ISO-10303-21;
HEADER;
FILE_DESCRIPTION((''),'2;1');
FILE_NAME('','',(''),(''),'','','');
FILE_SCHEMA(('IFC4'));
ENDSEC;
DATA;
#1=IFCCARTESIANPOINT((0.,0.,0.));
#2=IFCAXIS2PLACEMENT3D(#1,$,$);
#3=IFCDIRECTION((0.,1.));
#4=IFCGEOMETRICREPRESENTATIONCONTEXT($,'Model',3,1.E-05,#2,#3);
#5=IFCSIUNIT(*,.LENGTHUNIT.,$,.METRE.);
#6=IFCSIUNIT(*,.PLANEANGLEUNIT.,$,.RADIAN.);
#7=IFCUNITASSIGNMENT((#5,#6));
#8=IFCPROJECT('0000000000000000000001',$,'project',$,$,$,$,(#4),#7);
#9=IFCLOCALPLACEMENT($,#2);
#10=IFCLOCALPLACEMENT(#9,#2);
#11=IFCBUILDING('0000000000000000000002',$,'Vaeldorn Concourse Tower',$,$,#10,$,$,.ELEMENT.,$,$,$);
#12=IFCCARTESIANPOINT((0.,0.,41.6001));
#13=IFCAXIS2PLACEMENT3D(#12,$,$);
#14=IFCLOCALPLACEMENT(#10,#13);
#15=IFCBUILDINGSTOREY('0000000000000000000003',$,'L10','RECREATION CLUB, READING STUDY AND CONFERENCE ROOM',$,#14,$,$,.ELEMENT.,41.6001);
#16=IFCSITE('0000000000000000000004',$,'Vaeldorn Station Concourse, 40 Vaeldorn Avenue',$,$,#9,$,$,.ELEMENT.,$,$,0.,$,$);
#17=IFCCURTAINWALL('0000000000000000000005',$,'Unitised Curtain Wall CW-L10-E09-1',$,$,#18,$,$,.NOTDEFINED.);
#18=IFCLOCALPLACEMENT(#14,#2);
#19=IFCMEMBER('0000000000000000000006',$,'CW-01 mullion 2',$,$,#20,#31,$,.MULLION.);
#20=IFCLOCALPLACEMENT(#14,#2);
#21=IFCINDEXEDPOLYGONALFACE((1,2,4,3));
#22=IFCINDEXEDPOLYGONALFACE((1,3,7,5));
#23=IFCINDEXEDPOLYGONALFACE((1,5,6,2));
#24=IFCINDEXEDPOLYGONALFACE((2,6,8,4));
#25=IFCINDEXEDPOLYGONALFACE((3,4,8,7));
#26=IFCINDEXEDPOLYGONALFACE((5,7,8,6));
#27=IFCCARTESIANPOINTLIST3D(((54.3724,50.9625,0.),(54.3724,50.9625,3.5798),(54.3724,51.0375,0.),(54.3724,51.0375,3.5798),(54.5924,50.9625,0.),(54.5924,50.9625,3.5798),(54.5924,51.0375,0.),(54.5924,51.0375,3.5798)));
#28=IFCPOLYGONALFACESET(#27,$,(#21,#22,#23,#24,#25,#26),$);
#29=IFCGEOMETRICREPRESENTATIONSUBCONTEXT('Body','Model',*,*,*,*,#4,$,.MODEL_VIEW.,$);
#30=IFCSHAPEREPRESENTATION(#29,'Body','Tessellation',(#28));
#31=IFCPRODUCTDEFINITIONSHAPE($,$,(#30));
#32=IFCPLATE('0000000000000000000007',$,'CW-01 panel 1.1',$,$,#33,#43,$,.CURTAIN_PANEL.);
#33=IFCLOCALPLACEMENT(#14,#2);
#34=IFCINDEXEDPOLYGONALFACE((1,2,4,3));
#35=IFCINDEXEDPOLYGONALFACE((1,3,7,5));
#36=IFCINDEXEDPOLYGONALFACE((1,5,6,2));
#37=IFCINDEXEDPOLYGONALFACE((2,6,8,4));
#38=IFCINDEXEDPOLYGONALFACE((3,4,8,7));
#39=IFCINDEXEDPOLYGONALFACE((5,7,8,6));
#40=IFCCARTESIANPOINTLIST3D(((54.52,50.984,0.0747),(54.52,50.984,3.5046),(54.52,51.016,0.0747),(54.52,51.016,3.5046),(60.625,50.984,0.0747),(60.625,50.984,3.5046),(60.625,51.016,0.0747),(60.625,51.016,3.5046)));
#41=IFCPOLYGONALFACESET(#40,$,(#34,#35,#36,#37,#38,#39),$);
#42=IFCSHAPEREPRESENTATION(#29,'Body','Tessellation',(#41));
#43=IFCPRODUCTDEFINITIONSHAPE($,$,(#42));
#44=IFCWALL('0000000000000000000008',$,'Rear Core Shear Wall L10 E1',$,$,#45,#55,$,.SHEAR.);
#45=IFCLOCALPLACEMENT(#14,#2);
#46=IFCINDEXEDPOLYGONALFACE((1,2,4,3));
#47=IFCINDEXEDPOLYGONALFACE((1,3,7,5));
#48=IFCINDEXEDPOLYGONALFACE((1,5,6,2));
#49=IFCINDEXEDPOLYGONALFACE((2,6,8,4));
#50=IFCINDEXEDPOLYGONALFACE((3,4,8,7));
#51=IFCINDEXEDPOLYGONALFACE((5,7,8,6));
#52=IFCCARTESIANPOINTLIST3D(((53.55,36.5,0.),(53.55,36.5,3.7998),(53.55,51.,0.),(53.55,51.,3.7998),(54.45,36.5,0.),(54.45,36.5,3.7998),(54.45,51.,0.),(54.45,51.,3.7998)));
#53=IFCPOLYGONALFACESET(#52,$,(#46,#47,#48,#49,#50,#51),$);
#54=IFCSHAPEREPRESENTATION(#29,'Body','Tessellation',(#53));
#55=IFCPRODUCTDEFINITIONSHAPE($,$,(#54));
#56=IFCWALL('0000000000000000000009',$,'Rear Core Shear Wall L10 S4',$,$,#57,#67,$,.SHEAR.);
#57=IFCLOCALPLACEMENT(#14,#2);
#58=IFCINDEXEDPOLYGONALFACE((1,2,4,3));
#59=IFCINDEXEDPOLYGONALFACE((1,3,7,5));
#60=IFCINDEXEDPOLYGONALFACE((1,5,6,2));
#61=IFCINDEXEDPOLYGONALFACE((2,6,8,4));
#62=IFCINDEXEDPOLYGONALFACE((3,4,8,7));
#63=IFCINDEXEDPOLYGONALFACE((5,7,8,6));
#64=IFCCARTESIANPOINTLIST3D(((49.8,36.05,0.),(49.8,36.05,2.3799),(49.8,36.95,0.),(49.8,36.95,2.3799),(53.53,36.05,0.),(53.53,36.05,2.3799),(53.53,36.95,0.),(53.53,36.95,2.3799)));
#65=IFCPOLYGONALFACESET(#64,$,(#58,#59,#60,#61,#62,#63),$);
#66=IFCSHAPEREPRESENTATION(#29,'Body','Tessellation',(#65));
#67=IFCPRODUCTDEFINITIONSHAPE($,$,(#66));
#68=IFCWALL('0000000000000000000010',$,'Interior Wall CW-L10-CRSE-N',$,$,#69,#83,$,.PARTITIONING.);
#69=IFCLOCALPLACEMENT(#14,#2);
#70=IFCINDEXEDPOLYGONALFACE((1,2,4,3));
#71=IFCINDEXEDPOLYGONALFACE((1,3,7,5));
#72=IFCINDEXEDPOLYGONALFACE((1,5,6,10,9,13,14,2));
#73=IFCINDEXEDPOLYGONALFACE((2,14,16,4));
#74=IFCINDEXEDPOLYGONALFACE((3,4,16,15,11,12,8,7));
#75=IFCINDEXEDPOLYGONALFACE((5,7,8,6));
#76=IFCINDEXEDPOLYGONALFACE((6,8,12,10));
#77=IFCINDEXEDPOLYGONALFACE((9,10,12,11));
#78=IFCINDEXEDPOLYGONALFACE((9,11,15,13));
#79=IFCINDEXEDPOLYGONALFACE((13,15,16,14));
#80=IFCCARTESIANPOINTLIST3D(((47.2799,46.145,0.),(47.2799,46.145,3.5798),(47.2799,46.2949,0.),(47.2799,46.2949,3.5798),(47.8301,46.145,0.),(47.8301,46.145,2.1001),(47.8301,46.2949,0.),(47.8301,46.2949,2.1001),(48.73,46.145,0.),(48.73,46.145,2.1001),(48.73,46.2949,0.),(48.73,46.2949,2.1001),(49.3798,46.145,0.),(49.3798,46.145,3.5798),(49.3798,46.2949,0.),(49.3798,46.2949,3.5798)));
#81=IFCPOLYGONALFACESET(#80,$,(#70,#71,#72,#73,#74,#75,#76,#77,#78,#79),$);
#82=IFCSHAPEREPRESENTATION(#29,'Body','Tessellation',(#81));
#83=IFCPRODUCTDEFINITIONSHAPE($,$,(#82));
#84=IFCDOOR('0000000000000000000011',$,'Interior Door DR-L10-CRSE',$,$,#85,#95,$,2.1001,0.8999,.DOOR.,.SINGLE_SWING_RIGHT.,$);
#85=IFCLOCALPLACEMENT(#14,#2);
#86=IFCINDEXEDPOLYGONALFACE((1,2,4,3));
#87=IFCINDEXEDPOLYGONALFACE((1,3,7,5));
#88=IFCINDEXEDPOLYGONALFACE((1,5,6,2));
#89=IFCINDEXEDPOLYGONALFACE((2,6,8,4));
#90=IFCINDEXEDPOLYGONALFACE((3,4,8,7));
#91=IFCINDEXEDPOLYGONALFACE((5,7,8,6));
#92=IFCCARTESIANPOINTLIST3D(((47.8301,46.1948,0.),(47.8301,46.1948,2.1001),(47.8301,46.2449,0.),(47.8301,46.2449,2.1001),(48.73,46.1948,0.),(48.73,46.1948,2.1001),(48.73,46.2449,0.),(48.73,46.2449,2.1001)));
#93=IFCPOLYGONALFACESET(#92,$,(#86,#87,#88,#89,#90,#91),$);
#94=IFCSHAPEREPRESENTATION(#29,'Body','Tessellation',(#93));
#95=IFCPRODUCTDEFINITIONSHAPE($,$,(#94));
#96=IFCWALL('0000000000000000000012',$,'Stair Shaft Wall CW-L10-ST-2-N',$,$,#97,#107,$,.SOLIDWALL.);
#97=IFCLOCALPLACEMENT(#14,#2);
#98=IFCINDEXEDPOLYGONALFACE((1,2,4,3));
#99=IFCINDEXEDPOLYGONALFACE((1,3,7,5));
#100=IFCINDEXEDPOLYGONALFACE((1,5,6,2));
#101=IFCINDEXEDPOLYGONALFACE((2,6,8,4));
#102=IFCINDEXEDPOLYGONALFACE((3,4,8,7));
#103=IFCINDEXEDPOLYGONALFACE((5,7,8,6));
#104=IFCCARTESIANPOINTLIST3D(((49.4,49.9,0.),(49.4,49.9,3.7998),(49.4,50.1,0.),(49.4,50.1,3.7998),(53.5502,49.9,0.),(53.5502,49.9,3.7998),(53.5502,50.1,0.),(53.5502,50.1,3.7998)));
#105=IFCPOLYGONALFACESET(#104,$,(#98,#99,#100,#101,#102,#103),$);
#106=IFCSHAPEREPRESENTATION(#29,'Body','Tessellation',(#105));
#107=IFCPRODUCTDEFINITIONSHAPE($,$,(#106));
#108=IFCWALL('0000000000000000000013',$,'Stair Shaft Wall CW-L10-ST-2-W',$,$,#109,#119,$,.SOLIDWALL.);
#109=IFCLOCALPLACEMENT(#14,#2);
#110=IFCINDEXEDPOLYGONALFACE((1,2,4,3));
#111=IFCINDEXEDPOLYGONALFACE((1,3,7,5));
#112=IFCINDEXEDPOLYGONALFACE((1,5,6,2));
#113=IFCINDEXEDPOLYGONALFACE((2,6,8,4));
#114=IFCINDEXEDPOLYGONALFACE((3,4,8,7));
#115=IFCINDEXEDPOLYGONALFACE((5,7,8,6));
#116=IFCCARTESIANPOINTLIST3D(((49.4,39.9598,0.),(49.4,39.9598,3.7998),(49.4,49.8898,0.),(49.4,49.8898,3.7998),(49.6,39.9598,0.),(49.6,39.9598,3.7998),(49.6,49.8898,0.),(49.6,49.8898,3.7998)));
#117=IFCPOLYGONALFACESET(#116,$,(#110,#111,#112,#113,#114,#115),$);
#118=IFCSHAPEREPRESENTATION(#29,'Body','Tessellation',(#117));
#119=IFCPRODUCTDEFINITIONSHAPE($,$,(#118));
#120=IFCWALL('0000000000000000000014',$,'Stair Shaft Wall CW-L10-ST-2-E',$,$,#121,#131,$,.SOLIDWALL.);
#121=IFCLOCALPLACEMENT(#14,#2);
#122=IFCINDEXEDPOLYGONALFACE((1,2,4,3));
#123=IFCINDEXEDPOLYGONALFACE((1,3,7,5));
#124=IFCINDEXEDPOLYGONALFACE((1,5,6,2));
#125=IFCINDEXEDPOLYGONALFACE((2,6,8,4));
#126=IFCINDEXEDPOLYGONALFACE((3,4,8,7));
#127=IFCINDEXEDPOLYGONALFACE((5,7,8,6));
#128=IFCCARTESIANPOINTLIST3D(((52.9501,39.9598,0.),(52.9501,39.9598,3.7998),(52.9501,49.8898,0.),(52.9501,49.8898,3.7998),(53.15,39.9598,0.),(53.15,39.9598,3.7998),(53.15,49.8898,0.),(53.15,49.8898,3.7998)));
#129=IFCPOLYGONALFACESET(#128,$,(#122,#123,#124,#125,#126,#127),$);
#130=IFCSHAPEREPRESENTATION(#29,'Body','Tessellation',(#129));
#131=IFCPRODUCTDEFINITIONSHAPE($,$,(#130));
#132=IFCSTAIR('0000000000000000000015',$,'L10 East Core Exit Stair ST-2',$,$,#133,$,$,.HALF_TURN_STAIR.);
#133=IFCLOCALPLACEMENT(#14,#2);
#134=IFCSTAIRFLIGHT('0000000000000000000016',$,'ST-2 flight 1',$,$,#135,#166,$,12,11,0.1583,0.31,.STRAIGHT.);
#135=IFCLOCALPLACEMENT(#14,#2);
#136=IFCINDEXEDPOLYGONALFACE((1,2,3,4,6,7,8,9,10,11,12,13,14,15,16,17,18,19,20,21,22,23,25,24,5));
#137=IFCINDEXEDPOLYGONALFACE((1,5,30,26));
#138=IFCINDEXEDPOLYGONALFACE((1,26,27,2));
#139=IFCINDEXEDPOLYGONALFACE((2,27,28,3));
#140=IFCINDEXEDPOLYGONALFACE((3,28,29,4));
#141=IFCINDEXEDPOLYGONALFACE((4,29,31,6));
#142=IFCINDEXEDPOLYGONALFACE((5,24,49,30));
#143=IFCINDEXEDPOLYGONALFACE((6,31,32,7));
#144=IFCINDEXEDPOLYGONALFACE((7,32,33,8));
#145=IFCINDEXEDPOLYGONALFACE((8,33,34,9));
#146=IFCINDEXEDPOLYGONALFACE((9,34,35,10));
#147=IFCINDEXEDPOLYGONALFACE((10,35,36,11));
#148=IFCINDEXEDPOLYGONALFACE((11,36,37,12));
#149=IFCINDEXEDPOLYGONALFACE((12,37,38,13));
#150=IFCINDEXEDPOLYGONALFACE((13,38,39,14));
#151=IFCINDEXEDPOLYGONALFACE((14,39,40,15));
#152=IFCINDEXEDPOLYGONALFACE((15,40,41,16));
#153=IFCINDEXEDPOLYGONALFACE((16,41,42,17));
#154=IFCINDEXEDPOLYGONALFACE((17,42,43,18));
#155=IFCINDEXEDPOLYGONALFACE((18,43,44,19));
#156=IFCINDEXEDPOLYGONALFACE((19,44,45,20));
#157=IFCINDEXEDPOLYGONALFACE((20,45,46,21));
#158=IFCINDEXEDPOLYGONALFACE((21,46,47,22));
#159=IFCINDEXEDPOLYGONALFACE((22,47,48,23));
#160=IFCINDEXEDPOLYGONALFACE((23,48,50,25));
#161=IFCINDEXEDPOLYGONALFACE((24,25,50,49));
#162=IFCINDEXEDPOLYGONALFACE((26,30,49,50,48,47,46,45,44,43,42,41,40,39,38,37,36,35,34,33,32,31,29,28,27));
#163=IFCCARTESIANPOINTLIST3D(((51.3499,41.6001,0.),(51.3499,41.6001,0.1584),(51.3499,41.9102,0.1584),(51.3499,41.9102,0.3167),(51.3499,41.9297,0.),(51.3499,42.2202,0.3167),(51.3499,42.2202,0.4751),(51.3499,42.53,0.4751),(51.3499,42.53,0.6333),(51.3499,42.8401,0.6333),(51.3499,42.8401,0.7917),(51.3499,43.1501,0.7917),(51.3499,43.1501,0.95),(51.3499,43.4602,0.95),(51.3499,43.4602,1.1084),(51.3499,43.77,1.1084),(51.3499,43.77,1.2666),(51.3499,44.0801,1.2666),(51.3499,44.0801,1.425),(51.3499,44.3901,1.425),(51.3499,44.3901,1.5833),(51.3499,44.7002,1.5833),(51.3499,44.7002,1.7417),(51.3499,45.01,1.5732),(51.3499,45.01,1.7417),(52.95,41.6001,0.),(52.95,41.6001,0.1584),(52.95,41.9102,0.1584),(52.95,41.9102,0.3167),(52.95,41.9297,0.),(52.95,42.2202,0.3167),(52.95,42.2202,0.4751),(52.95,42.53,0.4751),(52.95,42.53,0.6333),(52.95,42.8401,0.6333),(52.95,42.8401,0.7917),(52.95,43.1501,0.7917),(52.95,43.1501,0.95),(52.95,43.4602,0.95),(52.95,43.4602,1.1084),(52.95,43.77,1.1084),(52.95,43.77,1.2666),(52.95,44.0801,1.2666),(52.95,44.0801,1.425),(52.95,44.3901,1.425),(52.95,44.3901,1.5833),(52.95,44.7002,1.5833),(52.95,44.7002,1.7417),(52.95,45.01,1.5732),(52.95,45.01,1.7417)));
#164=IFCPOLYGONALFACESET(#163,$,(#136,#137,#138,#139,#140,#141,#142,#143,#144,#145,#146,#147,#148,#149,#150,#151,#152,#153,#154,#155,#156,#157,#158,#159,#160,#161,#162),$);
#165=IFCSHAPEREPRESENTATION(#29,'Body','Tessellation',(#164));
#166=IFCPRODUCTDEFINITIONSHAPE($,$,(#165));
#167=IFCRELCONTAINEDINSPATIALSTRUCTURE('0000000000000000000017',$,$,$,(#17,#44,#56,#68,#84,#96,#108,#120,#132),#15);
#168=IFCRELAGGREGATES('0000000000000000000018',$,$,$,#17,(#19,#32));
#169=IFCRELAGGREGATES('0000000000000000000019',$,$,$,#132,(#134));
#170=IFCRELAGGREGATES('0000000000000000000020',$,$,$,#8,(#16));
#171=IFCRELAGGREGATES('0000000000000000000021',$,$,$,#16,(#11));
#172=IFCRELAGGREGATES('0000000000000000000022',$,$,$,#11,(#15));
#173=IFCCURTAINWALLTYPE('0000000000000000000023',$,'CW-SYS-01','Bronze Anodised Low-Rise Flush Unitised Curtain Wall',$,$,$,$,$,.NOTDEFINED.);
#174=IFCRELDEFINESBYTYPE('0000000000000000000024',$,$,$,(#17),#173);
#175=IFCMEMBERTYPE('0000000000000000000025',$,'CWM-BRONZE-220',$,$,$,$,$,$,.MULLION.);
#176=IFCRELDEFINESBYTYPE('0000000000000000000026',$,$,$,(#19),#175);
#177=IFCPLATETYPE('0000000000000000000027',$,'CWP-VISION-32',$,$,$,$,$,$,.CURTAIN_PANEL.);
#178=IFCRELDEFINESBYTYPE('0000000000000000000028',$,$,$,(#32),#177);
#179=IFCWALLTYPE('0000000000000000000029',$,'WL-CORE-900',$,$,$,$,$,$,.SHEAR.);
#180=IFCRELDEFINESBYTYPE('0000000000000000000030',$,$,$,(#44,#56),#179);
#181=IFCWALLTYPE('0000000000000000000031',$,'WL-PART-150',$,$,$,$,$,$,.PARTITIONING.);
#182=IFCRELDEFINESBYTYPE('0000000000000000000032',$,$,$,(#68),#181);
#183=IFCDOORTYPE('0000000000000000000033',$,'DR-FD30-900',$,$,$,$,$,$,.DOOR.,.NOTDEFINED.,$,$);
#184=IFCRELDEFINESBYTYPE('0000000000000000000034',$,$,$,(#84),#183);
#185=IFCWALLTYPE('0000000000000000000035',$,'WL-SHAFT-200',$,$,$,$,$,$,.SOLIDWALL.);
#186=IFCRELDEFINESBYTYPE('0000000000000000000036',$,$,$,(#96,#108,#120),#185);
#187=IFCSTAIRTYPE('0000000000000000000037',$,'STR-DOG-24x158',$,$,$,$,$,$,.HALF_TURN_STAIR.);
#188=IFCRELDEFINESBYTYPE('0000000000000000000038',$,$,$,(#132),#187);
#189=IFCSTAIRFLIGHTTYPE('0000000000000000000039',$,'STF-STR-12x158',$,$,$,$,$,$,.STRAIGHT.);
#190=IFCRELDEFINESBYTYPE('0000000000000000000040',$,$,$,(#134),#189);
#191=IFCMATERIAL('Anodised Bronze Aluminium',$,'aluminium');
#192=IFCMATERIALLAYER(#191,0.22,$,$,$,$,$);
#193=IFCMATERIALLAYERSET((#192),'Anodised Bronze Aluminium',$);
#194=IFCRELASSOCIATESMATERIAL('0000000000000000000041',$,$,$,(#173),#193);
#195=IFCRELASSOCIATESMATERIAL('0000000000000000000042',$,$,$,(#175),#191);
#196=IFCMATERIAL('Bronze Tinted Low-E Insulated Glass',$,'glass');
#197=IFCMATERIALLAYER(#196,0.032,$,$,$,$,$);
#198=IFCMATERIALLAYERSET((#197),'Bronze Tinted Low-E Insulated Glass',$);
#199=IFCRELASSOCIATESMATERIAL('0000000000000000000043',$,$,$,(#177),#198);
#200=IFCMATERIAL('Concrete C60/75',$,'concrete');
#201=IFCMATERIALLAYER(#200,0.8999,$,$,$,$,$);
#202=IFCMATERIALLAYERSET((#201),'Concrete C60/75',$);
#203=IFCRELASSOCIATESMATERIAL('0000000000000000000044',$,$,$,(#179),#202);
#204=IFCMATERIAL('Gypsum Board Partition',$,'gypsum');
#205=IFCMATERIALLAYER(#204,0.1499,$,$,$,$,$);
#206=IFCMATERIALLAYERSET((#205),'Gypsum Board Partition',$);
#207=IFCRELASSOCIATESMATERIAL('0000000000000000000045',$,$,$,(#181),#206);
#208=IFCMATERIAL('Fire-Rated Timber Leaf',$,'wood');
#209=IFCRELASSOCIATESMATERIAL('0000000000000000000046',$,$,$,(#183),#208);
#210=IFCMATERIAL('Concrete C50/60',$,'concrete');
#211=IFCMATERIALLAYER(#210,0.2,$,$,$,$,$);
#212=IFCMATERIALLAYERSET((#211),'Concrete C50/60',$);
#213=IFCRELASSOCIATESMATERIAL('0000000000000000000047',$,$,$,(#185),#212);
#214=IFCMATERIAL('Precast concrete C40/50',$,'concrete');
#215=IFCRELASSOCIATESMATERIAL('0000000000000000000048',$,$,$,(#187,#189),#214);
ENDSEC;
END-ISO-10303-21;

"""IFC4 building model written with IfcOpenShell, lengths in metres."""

from ifc_helpers import new_model, si_unit, direction, frame, frame_2d, origin, origin_2d, place, context, subcontext, project, spatial, polyline, rectangle, outline, extrude, source, transform, mapped, material, layer, layer_set, material_profile, profile_set, type_object, element, fill, aggregate, save


model = new_model("IFC4")

# Units and contexts
model_context = context("Model", 3, precision=1e-05, world=origin(), true_north=direction((0.0, 1.0)))
body_context = subcontext(model_context, "Body", "Model", "MODEL_VIEW")
ifc_project = project(units=[si_unit("LENGTHUNIT", "METRE"), si_unit("PLANEANGLEUNIT", "RADIAN")], contexts=[model_context])

# Site, building, storey
site_placement = place(None, origin())
site = spatial("IfcSite", under=ifc_project, at=site_placement, Name="Vaeldorn Station Concourse, 40 Vaeldorn Avenue", CompositionType="ELEMENT", RefElevation=0.0)
building_placement = place(site_placement, origin())
building = spatial("IfcBuilding", under=site, at=building_placement, Name="Vaeldorn Concourse Tower", CompositionType="ELEMENT")
storey_placement = place(building_placement, frame((0.0, 0.0, 41.6001)))
storey = spatial("IfcBuildingStorey", under=building, at=storey_placement, Name="L10", Description="RECREATION CLUB, READING STUDY AND CONFERENCE ROOM", CompositionType="ELEMENT", Elevation=41.6001)

# Shared definitions
ifc_material_1 = material(Name="Concrete C60/75", Category="concrete")

# Curtain wall, member, plate
ifc_material_2 = material(Name="Anodised Bronze Aluminium", Category="aluminium")
ifc_layer_1 = layer(ifc_material_2, 0.22)
ifc_layer_set_1 = layer_set([ifc_layer_1], Name="Anodised Bronze Aluminium")
curtain_wall_type = type_object("IfcCurtainWallType", Name="CW-SYS-01", Description="Bronze Anodised Low-Rise Flush Unitised Curtain Wall", PredefinedType="NOTDEFINED", material=ifc_layer_set_1)
curtain_wall_placement = place(storey_placement, origin())
curtain_wall = element("IfcCurtainWall", 1, at=curtain_wall_placement, inside=storey, type_object=curtain_wall_type, Name="Unitised Curtain Wall CW-L10-E09-1", PredefinedType="NOTDEFINED")
ifc_material_profile_1 = material_profile(ifc_material_2, rectangle(XDim=0.075, YDim=0.22, at=origin_2d()), Name="CWM 75x220")
ifc_profile_set_1 = profile_set([ifc_material_profile_1], Name="Anodised Bronze Aluminium")
member_type = type_object("IfcMemberType", Name="CWM-BRONZE-220", PredefinedType="MULLION", material=ifc_profile_set_1)
shared_shape_1 = source(origin(), body_context, "Body", "SweptSolid", [
    extrude(rectangle(XDim=0.075, YDim=0.22, at=origin_2d()), origin(), (0.0, 0.0, 1.0), 3.5798),
])
member_placement = place(storey_placement, frame((54.4824, 51.0, 0.0), z_axis=(0.0, 0.0, 1.0), x_axis=(0.0, -1.0, 0.0)))
member = element("IfcMember", 2, at=member_placement, type_object=member_type, Name="CW-01 mullion 2", PredefinedType="MULLION", context=body_context, shape_type="MappedRepresentation", body=[
    mapped(shared_shape_1, transform((0.0, 0.0, 0.0), scale=1.0)),
])
ifc_material_3 = material(Name="Bronze Tinted Low-E Insulated Glass", Category="glass")
ifc_layer_2 = layer(ifc_material_3, 0.032)
ifc_layer_set_2 = layer_set([ifc_layer_2], Name="Bronze Tinted Low-E Insulated Glass")
plate_type = type_object("IfcPlateType", Name="CWP-VISION-32", PredefinedType="CURTAIN_PANEL", material=ifc_layer_set_2)
shared_shape_2 = source(origin(), body_context, "Body", "SweptSolid", [
    extrude(rectangle(XDim=6.105, YDim=0.032, at=origin_2d()), origin(), (0.0, 0.0, 1.0), 3.4299),
])
plate_placement = place(storey_placement, frame((57.5725, 51.0, 0.0747), z_axis=(0.0, 0.0, 1.0), x_axis=(-1.0, 0.0, 0.0)))
plate = element("IfcPlate", 3, at=plate_placement, type_object=plate_type, Name="CW-01 panel 1.1", PredefinedType="CURTAIN_PANEL", context=body_context, shape_type="MappedRepresentation", body=[
    mapped(shared_shape_2, transform((0.0, 0.0, 0.0), scale=1.0)),
])
aggregate(curtain_wall, [member, plate])

# Walls
ifc_layer_3 = layer(ifc_material_1, 0.8999)
ifc_layer_set_3 = layer_set([ifc_layer_3], Name="Concrete C60/75")
wall_type_1 = type_object("IfcWallType", Name="WL-CORE-900", PredefinedType="SHEAR", material=ifc_layer_set_3)
wall_1_placement = place(storey_placement, frame((54.0, 36.5, 0.0), z_axis=(0.0, 0.0, 1.0), x_axis=(0.0, 1.0, 0.0)))
element("IfcWall", 4, at=wall_1_placement, inside=storey, type_object=wall_type_1, Name="Rear Core Shear Wall L10 E1", PredefinedType="SHEAR", context=body_context, shape_type="SweptSolid", body=[
    extrude(rectangle(XDim=14.5, YDim=0.8999, at=frame_2d((7.25, 0.0))), origin(), (0.0, 0.0, 1.0), 3.7998),
])
wall_2_placement = place(storey_placement, frame((49.8, 36.5, 0.0), z_axis=(0.0, 0.0, 1.0), x_axis=(1.0, 0.0, 0.0)))
element("IfcWall", 5, at=wall_2_placement, inside=storey, type_object=wall_type_1, Name="Rear Core Shear Wall L10 S4", PredefinedType="SHEAR", context=body_context, shape_type="SweptSolid", body=[
    extrude(rectangle(XDim=3.73, YDim=0.8999, at=frame_2d((1.865, 0.0))), origin(), (0.0, 0.0, 1.0), 2.3799),
])

# Wall, opening, door
ifc_material_4 = material(Name="Gypsum Board Partition", Category="gypsum")
ifc_layer_4 = layer(ifc_material_4, 0.1499)
ifc_layer_set_4 = layer_set([ifc_layer_4], Name="Gypsum Board Partition")
wall_type_2 = type_object("IfcWallType", Name="WL-PART-150", PredefinedType="PARTITIONING", material=ifc_layer_set_4)
wall_3_placement = place(storey_placement, frame((47.28, 46.22, 0.0), z_axis=(0.0, 0.0, 1.0), x_axis=(1.0, 0.0, 0.0)))
wall_3 = element("IfcWall", 6, at=wall_3_placement, inside=storey, type_object=wall_type_2, Name="Interior Wall CW-L10-CRSE-N", PredefinedType="PARTITIONING", context=body_context, shape_type="SweptSolid", body=[
    extrude(rectangle(XDim=2.0999, YDim=0.1499, at=frame_2d((1.0498, 0.0))), origin(), (0.0, 0.0, 1.0), 3.5798),
])
opening_1_placement = place(wall_3_placement, frame((0.55, 0.0, 0.0)))
opening_1 = element("IfcOpeningElement", 7, at=opening_1_placement, cuts=wall_3, PredefinedType="OPENING", context=body_context, shape_type="SweptSolid", body=[
    extrude(rectangle(XDim=0.8999, YDim=2.1001, at=frame_2d((0.45, 1.05))), frame((0.0, 0.085, 0.0), z_axis=(0.0, -1.0, 0.0), x_axis=(1.0, 0.0, 0.0)), (0.0, 0.0, 1.0), 0.1699),
])
ifc_material_5 = material(Name="Fire-Rated Timber Leaf", Category="wood")
door_type_1 = type_object("IfcDoorType", Name="DR-FD30-900", OperationType="NOTDEFINED", PredefinedType="DOOR", material=ifc_material_5)
shared_shape_3 = source(origin(), body_context, "Body", "SweptSolid", [
    extrude(rectangle(XDim=0.8999, YDim=2.1001, at=frame_2d((0.45, 1.05))), frame((0.0, 0.0249, 0.0), z_axis=(0.0, -1.0, 0.0), x_axis=(1.0, 0.0, 0.0)), (0.0, 0.0, 1.0), 0.05),
])
door_1_placement = place(opening_1_placement, origin())
door_1 = element("IfcDoor", 8, at=door_1_placement, inside=storey, type_object=door_type_1, Name="Interior Door DR-L10-CRSE", OperationType="SINGLE_SWING_RIGHT", OverallHeight=2.1001, OverallWidth=0.8999, PredefinedType="DOOR", context=body_context, shape_type="MappedRepresentation", body=[
    mapped(shared_shape_3, transform((0.0, 0.0, 0.0), scale=1.0)),
])
fill(opening_1, door_1)
ifc_material_6 = material(Name="Concrete C50/60", Category="concrete")
ifc_layer_5 = layer(ifc_material_6, 0.2)
ifc_layer_set_5 = layer_set([ifc_layer_5], Name="Concrete C50/60")
wall_type_3 = type_object("IfcWallType", Name="WL-SHAFT-200", PredefinedType="SOLIDWALL", material=ifc_layer_set_5)

# Walls
wall_4_placement = place(storey_placement, frame((49.3999, 50.0, 0.0), z_axis=(0.0, 0.0, 1.0), x_axis=(1.0, 0.0, 0.0)))
element("IfcWall", 9, at=wall_4_placement, inside=storey, type_object=wall_type_3, Name="Stair Shaft Wall CW-L10-ST-2-N", PredefinedType="SOLIDWALL", context=body_context, shape_type="SweptSolid", body=[
    extrude(rectangle(XDim=4.1501, YDim=0.2, at=frame_2d((2.0752, 0.0))), origin(), (0.0, 0.0, 1.0), 3.7998),
])
for number, where, z_axis, x_axis, name in (
    (10, (49.5, 39.96, 0.0), (0.0, 0.0, 1.0), (0.0, 1.0, 0.0), "Stair Shaft Wall CW-L10-ST-2-W"),
    (11, (53.05, 39.96, 0.0), (0.0, 0.0, 1.0), (0.0, 1.0, 0.0), "Stair Shaft Wall CW-L10-ST-2-E"),
):
    element("IfcWall", number, at=place(storey_placement, frame(where, z_axis=z_axis, x_axis=x_axis)), inside=storey, type_object=wall_type_3, Name=name, PredefinedType="SOLIDWALL", context=body_context, shape_type="SweptSolid", body=[
        extrude(rectangle(XDim=9.9299, YDim=0.2, at=frame_2d((4.9648, 0.0))), origin(), (0.0, 0.0, 1.0), 3.7998),
    ])

# Stair, stair flight
ifc_material_7 = material(Name="Precast concrete C40/50", Category="concrete")
stair_type = type_object("IfcStairType", Name="STR-DOG-24x158", PredefinedType="HALF_TURN_STAIR", material=ifc_material_7)
stair_placement = place(storey_placement, origin())
stair = element("IfcStair", 12, at=stair_placement, inside=storey, type_object=stair_type, Name="L10 East Core Exit Stair ST-2", PredefinedType="HALF_TURN_STAIR")
stair_flight_type = type_object("IfcStairFlightType", Name="STF-STR-12x158", PredefinedType="STRAIGHT", material=ifc_material_7)
stair_flight_1_placement = place(storey_placement, frame((52.1499, 41.6001, 0.0), z_axis=(0.0, 0.0, 1.0), x_axis=(0.0, 1.0, 0.0)))
stair_flight_1 = element("IfcStairFlight", 13, at=stair_flight_1_placement, type_object=stair_flight_type, Name="ST-2 flight 1", NumberOfRisers=12, NumberOfTreads=11, PredefinedType="STRAIGHT", RiserHeight=0.1583, TreadLength=0.31, context=body_context, shape_type="SweptSolid", body=[
    extrude(outline(polyline([(0.0, 0.0), (0.0, 0.1584), (0.3101, 0.1584), (0.3101, 0.3167), (0.6201, 0.3167), (0.6201, 0.4751), (0.9299, 0.4751), (0.9299, 0.6333), (1.24, 0.6333), (1.24, 0.7917), (1.55, 0.7917), (1.55, 0.95), (1.8601, 0.95), (1.8601, 1.1084), (2.1699, 1.1084), (2.1699, 1.2666), (2.48, 1.2666), (2.48, 1.425), (2.79, 1.425), (2.79, 1.5833), (3.1001, 1.5833), (3.1001, 1.7417), (3.4099, 1.7417), (3.4099, 1.8999), (3.4099, 1.5732), (0.3296, 0.0), (0.0, 0.0)])), frame((0.0, 0.8, 0.0), z_axis=(0.0, -1.0, 0.0), x_axis=(1.0, 0.0, 0.0)), (0.0, 0.0, 1.0), 1.6001),
])
aggregate(stair, [stair_flight_1])

save(model, "model.ifc")
